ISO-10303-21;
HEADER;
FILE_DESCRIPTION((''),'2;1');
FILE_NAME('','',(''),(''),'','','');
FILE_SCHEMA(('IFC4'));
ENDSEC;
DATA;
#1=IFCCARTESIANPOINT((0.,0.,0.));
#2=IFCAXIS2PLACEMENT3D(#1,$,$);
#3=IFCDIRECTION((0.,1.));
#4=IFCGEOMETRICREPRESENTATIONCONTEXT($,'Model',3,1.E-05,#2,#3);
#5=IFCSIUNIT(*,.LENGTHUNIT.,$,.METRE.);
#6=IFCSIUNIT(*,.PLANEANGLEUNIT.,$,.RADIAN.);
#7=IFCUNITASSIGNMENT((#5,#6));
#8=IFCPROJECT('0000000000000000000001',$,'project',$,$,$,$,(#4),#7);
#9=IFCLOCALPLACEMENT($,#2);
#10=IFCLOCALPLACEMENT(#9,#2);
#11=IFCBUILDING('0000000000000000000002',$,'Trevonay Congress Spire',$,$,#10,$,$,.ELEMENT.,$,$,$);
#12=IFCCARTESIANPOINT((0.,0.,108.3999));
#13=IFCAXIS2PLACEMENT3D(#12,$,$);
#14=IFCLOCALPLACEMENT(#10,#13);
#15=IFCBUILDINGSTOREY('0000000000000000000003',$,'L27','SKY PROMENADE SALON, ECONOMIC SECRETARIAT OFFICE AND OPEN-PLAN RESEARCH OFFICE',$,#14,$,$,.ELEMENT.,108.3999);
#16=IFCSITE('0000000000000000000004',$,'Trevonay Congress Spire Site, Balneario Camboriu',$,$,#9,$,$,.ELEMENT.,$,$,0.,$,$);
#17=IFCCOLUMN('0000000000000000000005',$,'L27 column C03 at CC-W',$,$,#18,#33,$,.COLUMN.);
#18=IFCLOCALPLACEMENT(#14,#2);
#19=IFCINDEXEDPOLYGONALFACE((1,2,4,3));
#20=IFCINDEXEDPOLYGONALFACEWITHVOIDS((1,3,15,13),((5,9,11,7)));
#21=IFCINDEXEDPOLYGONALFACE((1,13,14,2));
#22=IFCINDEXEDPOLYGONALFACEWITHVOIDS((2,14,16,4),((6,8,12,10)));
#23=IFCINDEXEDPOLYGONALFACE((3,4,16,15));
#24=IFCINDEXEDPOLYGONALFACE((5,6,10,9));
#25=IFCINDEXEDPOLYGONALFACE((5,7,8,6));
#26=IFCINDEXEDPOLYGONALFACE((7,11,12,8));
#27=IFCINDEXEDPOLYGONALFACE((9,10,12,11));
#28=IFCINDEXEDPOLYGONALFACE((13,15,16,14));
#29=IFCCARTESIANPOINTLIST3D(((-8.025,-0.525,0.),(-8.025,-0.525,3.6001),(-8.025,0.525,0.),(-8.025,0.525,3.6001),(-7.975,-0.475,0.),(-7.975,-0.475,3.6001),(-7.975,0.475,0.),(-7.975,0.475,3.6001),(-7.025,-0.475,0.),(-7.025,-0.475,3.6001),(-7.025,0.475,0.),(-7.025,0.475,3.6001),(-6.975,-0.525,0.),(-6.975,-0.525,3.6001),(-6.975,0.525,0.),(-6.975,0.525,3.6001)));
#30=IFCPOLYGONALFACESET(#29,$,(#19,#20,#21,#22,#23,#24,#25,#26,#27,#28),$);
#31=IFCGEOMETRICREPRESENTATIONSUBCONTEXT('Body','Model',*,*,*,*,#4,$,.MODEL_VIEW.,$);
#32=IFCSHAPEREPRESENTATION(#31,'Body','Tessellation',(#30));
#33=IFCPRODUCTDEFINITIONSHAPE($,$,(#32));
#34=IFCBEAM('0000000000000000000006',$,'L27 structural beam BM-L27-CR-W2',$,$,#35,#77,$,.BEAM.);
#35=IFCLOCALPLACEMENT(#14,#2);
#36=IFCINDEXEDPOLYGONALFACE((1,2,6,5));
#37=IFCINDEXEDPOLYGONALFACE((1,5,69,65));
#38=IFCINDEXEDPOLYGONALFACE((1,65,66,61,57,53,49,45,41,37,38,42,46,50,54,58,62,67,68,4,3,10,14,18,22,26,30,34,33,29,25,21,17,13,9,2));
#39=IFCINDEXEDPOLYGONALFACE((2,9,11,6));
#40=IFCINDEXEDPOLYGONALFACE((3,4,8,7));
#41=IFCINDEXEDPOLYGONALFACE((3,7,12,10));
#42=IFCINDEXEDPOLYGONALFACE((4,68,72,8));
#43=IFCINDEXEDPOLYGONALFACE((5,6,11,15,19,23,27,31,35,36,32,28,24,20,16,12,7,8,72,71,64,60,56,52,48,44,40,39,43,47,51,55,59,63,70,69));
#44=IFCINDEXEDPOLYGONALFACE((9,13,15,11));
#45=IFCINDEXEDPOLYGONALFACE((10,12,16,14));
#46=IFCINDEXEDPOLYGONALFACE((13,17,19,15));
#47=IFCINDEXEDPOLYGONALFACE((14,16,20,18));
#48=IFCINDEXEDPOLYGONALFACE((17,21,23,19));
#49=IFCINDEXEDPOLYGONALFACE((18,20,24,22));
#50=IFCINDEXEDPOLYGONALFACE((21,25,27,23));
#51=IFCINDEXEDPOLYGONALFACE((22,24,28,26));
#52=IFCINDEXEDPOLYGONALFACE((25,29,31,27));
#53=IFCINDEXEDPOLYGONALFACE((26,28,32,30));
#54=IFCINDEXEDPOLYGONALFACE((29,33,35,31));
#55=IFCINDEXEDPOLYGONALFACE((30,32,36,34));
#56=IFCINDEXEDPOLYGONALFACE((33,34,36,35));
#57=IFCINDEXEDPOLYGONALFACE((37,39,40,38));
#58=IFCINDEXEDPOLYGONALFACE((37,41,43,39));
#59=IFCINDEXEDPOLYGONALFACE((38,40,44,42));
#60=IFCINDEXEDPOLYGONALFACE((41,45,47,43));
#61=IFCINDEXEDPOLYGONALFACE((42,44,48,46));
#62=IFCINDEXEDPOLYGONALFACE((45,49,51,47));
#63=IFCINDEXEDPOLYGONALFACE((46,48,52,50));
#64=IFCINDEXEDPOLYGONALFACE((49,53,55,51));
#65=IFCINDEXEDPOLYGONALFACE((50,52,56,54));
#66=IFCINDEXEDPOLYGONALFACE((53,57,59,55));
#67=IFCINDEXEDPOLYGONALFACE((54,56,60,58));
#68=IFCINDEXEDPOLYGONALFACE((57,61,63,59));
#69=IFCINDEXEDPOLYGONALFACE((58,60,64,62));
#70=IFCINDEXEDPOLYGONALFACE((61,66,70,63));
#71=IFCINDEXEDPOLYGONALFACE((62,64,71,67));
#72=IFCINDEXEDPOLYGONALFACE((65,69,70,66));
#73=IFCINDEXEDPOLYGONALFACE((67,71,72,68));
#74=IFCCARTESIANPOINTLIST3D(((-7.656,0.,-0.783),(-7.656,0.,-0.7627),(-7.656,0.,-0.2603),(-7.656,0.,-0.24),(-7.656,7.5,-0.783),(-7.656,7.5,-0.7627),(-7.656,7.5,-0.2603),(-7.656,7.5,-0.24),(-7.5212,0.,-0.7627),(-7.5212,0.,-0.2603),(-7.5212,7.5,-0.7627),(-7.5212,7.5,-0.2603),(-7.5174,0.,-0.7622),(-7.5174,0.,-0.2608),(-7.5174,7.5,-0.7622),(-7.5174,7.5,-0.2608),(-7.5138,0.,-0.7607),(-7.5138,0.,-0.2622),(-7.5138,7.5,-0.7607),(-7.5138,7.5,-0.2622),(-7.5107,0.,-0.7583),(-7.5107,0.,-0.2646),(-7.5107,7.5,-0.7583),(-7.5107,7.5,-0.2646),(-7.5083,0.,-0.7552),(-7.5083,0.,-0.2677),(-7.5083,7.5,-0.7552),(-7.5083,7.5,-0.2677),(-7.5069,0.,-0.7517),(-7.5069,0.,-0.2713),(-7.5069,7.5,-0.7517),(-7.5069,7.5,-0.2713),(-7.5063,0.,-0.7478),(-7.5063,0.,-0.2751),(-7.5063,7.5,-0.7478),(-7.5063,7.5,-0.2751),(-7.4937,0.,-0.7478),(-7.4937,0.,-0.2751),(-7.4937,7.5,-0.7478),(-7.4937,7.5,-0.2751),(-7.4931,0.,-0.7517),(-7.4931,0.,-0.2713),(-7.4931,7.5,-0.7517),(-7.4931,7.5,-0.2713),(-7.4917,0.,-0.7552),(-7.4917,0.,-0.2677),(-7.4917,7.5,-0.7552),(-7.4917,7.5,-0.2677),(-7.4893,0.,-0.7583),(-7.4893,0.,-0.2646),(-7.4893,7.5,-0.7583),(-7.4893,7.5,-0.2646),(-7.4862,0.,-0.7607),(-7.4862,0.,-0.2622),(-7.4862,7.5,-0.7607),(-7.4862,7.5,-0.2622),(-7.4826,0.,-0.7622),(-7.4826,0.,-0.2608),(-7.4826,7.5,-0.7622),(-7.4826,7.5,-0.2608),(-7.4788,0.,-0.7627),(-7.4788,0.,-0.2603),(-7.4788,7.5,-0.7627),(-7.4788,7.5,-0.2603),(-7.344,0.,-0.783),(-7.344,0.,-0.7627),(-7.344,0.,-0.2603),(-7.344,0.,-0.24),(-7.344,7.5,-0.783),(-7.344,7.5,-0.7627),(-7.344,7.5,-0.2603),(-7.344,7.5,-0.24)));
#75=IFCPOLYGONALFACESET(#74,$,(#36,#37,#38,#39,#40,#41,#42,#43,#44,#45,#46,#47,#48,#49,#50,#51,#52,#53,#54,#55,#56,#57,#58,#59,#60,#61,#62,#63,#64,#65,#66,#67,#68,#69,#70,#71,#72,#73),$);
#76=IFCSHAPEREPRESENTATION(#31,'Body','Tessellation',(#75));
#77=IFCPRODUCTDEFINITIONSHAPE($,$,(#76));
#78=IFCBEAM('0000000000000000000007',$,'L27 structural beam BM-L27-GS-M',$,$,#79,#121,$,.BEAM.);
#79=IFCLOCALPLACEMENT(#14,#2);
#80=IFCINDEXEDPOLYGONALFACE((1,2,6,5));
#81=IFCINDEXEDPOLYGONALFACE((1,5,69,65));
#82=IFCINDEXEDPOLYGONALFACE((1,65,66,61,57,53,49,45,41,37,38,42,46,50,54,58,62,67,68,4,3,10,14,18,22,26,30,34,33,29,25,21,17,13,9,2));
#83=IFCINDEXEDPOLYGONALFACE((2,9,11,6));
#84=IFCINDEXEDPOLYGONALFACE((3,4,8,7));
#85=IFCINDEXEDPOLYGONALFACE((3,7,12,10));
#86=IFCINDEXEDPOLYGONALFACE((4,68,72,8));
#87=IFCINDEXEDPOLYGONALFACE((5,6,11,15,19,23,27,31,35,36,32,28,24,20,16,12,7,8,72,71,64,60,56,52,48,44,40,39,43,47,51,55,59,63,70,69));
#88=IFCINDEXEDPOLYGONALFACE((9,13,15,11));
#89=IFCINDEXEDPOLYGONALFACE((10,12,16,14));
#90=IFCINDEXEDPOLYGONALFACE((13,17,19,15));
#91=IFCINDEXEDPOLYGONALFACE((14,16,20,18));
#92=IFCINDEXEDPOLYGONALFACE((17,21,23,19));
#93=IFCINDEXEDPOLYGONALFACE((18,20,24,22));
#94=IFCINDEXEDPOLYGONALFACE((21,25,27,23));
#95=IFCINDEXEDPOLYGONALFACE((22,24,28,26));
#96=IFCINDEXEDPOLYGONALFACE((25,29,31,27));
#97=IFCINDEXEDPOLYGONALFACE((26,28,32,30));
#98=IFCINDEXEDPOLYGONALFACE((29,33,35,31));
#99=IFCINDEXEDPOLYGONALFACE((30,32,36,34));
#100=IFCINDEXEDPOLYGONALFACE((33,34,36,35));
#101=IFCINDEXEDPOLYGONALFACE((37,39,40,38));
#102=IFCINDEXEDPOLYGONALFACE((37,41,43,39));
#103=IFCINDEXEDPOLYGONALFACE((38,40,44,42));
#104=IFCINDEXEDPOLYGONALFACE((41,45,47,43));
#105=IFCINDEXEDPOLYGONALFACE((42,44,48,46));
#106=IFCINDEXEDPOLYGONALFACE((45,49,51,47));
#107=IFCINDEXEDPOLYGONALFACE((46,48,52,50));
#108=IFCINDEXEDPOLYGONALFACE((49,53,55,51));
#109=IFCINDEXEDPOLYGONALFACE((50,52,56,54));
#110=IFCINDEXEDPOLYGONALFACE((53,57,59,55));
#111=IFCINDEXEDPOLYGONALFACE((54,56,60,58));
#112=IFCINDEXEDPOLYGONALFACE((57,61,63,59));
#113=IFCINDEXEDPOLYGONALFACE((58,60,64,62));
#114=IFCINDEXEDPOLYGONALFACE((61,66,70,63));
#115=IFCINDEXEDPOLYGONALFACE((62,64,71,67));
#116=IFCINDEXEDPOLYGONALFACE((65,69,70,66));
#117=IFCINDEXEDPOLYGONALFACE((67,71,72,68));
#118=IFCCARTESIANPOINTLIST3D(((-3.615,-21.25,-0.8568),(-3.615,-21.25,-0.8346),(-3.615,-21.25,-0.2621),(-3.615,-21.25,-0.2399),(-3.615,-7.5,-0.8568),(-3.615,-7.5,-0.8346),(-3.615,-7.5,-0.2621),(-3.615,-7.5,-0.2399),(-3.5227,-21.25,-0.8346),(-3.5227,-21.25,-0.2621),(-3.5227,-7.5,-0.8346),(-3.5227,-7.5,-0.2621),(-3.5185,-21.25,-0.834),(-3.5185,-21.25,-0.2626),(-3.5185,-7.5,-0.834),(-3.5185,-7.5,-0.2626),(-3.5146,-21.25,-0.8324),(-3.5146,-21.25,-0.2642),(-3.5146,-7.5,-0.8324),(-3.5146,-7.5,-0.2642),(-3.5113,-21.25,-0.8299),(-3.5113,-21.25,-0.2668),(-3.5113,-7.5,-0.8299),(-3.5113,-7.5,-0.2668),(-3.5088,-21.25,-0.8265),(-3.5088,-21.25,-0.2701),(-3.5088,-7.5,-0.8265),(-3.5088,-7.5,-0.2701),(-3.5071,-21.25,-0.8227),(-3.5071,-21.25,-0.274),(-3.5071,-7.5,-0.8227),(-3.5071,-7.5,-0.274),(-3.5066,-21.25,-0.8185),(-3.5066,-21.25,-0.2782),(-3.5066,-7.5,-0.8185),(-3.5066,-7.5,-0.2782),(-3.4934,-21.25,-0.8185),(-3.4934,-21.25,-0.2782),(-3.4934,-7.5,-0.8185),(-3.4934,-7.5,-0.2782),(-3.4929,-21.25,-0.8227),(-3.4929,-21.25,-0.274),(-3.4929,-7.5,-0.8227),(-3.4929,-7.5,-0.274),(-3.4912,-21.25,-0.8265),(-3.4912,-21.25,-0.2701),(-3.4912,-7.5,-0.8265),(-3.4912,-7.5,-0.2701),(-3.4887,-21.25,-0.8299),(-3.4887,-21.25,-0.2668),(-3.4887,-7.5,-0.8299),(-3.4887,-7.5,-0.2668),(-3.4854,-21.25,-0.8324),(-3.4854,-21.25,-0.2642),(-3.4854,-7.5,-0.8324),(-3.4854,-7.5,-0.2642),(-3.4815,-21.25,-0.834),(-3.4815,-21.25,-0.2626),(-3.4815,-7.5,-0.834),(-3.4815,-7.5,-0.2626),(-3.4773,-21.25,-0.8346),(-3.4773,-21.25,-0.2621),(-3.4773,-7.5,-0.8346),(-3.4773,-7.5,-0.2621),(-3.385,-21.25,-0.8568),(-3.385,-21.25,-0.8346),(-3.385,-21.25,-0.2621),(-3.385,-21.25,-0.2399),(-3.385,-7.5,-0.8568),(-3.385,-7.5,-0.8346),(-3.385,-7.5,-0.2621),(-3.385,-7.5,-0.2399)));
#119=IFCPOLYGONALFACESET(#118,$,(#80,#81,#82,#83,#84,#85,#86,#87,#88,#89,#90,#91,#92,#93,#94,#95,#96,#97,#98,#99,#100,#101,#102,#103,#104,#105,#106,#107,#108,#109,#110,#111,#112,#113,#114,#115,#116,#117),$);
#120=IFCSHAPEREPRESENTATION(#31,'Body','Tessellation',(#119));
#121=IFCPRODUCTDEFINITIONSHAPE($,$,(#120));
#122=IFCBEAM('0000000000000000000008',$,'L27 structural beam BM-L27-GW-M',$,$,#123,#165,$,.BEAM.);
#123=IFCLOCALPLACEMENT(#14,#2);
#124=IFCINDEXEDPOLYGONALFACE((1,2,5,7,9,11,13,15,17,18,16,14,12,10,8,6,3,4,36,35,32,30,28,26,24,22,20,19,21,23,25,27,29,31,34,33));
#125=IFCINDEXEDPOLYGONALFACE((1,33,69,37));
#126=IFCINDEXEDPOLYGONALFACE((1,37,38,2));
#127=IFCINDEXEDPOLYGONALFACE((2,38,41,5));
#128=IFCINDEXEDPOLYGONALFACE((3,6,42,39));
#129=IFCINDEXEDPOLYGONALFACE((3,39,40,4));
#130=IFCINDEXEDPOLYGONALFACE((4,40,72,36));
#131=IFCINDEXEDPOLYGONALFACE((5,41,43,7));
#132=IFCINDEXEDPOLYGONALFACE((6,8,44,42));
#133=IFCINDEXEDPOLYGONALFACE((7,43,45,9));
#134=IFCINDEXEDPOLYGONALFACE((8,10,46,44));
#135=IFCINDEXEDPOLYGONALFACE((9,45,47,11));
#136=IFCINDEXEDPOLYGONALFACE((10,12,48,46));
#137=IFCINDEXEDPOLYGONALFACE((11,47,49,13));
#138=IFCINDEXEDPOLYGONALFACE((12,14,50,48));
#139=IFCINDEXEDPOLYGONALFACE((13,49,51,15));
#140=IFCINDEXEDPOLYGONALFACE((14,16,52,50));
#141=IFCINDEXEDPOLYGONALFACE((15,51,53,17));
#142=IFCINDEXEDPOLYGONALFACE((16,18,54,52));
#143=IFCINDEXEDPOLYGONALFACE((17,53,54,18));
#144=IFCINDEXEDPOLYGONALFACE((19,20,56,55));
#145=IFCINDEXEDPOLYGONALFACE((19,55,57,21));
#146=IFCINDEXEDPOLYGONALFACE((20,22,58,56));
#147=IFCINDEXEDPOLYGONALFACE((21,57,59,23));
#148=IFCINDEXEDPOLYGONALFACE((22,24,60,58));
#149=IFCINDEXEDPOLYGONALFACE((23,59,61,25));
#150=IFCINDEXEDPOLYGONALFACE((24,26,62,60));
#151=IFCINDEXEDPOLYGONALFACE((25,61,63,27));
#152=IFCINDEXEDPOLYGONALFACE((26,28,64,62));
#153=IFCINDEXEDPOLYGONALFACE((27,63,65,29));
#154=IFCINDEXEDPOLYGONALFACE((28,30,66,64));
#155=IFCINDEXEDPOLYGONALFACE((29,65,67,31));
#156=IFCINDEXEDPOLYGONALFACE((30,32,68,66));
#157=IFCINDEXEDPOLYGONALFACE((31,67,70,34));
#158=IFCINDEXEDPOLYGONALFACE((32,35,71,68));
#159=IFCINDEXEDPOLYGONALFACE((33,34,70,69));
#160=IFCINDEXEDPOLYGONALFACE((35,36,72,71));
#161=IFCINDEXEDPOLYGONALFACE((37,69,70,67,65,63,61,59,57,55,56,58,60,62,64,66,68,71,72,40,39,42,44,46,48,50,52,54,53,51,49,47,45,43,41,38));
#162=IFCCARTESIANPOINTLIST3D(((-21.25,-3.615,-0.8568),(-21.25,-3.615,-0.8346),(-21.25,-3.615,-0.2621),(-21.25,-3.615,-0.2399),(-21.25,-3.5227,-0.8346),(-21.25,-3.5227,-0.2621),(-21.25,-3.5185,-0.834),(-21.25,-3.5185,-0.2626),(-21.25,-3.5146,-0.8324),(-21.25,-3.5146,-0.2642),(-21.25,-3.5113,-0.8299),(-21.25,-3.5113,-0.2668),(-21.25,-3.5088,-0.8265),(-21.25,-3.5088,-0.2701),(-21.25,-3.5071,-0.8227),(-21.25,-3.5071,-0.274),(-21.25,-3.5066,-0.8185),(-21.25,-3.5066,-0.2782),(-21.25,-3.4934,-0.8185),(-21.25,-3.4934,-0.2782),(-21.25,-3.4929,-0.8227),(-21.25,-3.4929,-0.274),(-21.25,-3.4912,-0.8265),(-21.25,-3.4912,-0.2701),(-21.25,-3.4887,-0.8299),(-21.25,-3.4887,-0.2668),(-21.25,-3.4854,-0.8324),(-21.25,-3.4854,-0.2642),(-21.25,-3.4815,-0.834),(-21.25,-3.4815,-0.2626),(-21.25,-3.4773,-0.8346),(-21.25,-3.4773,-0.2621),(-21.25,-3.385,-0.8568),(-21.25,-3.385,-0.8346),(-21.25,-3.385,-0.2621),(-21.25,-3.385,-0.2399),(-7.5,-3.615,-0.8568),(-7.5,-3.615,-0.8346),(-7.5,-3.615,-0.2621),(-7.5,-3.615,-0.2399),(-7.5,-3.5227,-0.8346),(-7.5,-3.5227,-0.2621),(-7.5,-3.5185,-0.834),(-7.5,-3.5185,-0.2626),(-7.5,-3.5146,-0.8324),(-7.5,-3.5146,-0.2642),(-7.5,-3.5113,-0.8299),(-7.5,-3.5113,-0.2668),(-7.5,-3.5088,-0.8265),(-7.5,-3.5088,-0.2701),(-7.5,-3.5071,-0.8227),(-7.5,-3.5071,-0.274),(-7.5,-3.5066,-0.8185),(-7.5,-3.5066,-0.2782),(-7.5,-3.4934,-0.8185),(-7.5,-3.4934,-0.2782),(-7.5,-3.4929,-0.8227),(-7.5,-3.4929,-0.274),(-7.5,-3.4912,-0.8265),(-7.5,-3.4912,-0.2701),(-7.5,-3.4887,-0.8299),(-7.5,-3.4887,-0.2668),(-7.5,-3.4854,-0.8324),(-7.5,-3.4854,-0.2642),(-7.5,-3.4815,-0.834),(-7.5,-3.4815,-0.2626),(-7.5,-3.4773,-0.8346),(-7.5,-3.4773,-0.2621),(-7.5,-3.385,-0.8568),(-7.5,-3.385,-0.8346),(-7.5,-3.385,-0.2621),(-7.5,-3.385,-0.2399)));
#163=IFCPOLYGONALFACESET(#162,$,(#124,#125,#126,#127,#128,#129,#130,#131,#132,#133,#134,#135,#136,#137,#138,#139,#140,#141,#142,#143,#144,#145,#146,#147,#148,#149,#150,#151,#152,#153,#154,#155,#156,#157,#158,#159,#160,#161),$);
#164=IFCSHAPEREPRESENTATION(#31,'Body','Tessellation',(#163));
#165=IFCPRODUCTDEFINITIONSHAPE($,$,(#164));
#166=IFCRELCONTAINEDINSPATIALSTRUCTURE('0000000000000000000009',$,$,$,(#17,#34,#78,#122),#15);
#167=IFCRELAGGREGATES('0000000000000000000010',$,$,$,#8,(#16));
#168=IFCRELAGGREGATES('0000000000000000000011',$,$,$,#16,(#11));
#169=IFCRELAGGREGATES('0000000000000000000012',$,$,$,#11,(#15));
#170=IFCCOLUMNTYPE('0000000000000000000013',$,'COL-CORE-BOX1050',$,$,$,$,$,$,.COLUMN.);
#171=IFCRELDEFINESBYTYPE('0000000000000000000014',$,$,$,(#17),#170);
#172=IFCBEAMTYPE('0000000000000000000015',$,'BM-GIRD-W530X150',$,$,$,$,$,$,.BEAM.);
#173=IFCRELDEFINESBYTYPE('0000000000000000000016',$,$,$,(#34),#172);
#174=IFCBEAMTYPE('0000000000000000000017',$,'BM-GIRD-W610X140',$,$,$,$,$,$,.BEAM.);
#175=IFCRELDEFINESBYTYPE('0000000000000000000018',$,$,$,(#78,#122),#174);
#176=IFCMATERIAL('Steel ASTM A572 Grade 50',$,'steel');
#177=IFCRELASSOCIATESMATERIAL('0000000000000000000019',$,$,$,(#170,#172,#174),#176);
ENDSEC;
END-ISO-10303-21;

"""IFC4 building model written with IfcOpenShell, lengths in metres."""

from ifc_helpers import new_model, si_unit, direction, frame, origin, origin_2d, place, context, subcontext, project, spatial, hollow_rectangle, i_section, extrude, material, material_profile, profile_set, type_object, element, save


model = new_model("IFC4")

# Units and contexts
model_context = context("Model", 3, precision=1e-05, world=origin(), true_north=direction((0.0, 1.0)))
body_context = subcontext(model_context, "Body", "Model", "MODEL_VIEW")
ifc_project = project(units=[si_unit("LENGTHUNIT", "METRE"), si_unit("PLANEANGLEUNIT", "RADIAN")], contexts=[model_context])

# Site, building, storey
site_placement = place(None, origin())
site = spatial("IfcSite", under=ifc_project, at=site_placement, Name="Trevonay Congress Spire Site, Balneario Camboriu", CompositionType="ELEMENT", RefElevation=0.0)
building_placement = place(site_placement, origin())
building = spatial("IfcBuilding", under=site, at=building_placement, Name="Trevonay Congress Spire", CompositionType="ELEMENT")
storey_placement = place(building_placement, frame((0.0, 0.0, 108.3999)))
storey = spatial("IfcBuildingStorey", under=building, at=storey_placement, Name="L27", Description="SKY PROMENADE SALON, ECONOMIC SECRETARIAT OFFICE AND OPEN-PLAN RESEARCH OFFICE", CompositionType="ELEMENT", Elevation=108.3999)

# Column
ifc_material_1 = material(Name="Steel ASTM A572 Grade 50", Category="steel")
ifc_material_profile_1 = material_profile(ifc_material_1, hollow_rectangle(XDim=1.05, YDim=1.05, WallThickness=0.05, at=origin_2d()), Name="BOX 1050x1050x50")
ifc_profile_set_1 = profile_set([ifc_material_profile_1], Name="Steel ASTM A572 Grade 50")
column_type = type_object("IfcColumnType", Name="COL-CORE-BOX1050", PredefinedType="COLUMN", material=ifc_profile_set_1)
column_placement = place(storey_placement, frame((-7.5, 0.0, 0.0), z_axis=(0.0, 0.0, 1.0), x_axis=(1.0, 0.0, 0.0)))
element("IfcColumn", 1, at=column_placement, inside=storey, type_object=column_type, Name="L27 column C03 at CC-W", PredefinedType="COLUMN", context=body_context, shape_type="SweptSolid", body=[
    extrude(hollow_rectangle(XDim=1.05, YDim=1.05, WallThickness=0.05, at=origin_2d()), origin(), (0.0, 0.0, 1.0), 3.6001),
])

# Beams
ifc_material_profile_2 = material_profile(ifc_material_1, i_section(OverallWidth=0.312, OverallDepth=0.543, WebThickness=0.0127, FlangeThickness=0.0203, FilletRadius=0.0149, at=origin_2d()), Name="W530x150")
ifc_profile_set_2 = profile_set([ifc_material_profile_2], Name="Steel ASTM A572 Grade 50")
beam_type_1 = type_object("IfcBeamType", Name="BM-GIRD-W530X150", PredefinedType="BEAM", material=ifc_profile_set_2)
beam_1_placement = place(storey_placement, frame((-7.5, 0.0, -0.5115), z_axis=(0.0, 1.0, 0.0), x_axis=(-1.0, 0.0, 0.0)))
element("IfcBeam", 2, at=beam_1_placement, inside=storey, type_object=beam_type_1, Name="L27 structural beam BM-L27-CR-W2", PredefinedType="BEAM", context=body_context, shape_type="SweptSolid", body=[
    extrude(i_section(OverallWidth=0.312, OverallDepth=0.543, WebThickness=0.0127, FlangeThickness=0.0203, FilletRadius=0.0149, at=origin_2d()), origin(), (0.0, 0.0, 1.0), 7.5),
])
ifc_material_profile_3 = material_profile(ifc_material_1, i_section(OverallWidth=0.23, OverallDepth=0.6169, WebThickness=0.0132, FlangeThickness=0.0222, FilletRadius=0.0161, at=origin_2d()), Name="W610x140")
ifc_profile_set_3 = profile_set([ifc_material_profile_3], Name="Steel ASTM A572 Grade 50")
beam_type_2 = type_object("IfcBeamType", Name="BM-GIRD-W610X140", PredefinedType="BEAM", material=ifc_profile_set_3)
for number, where, z_axis, x_axis, name in (
    (3, (-3.5, -7.5, -0.5483), (0.0, -1.0, 0.0), (1.0, 0.0, 0.0), "L27 structural beam BM-L27-GS-M"),
    (4, (-7.5, -3.5, -0.5483), (-1.0, 0.0, 0.0), (0.0, -1.0, 0.0), "L27 structural beam BM-L27-GW-M"),
):
    element("IfcBeam", number, at=place(storey_placement, frame(where, z_axis=z_axis, x_axis=x_axis)), inside=storey, type_object=beam_type_2, Name=name, PredefinedType="BEAM", context=body_context, shape_type="SweptSolid", body=[
        extrude(i_section(OverallWidth=0.23, OverallDepth=0.6169, WebThickness=0.0132, FlangeThickness=0.0222, FilletRadius=0.0161, at=origin_2d()), origin(), (0.0, 0.0, 1.0), 13.75),
    ])

save(model, "model.ifc")
